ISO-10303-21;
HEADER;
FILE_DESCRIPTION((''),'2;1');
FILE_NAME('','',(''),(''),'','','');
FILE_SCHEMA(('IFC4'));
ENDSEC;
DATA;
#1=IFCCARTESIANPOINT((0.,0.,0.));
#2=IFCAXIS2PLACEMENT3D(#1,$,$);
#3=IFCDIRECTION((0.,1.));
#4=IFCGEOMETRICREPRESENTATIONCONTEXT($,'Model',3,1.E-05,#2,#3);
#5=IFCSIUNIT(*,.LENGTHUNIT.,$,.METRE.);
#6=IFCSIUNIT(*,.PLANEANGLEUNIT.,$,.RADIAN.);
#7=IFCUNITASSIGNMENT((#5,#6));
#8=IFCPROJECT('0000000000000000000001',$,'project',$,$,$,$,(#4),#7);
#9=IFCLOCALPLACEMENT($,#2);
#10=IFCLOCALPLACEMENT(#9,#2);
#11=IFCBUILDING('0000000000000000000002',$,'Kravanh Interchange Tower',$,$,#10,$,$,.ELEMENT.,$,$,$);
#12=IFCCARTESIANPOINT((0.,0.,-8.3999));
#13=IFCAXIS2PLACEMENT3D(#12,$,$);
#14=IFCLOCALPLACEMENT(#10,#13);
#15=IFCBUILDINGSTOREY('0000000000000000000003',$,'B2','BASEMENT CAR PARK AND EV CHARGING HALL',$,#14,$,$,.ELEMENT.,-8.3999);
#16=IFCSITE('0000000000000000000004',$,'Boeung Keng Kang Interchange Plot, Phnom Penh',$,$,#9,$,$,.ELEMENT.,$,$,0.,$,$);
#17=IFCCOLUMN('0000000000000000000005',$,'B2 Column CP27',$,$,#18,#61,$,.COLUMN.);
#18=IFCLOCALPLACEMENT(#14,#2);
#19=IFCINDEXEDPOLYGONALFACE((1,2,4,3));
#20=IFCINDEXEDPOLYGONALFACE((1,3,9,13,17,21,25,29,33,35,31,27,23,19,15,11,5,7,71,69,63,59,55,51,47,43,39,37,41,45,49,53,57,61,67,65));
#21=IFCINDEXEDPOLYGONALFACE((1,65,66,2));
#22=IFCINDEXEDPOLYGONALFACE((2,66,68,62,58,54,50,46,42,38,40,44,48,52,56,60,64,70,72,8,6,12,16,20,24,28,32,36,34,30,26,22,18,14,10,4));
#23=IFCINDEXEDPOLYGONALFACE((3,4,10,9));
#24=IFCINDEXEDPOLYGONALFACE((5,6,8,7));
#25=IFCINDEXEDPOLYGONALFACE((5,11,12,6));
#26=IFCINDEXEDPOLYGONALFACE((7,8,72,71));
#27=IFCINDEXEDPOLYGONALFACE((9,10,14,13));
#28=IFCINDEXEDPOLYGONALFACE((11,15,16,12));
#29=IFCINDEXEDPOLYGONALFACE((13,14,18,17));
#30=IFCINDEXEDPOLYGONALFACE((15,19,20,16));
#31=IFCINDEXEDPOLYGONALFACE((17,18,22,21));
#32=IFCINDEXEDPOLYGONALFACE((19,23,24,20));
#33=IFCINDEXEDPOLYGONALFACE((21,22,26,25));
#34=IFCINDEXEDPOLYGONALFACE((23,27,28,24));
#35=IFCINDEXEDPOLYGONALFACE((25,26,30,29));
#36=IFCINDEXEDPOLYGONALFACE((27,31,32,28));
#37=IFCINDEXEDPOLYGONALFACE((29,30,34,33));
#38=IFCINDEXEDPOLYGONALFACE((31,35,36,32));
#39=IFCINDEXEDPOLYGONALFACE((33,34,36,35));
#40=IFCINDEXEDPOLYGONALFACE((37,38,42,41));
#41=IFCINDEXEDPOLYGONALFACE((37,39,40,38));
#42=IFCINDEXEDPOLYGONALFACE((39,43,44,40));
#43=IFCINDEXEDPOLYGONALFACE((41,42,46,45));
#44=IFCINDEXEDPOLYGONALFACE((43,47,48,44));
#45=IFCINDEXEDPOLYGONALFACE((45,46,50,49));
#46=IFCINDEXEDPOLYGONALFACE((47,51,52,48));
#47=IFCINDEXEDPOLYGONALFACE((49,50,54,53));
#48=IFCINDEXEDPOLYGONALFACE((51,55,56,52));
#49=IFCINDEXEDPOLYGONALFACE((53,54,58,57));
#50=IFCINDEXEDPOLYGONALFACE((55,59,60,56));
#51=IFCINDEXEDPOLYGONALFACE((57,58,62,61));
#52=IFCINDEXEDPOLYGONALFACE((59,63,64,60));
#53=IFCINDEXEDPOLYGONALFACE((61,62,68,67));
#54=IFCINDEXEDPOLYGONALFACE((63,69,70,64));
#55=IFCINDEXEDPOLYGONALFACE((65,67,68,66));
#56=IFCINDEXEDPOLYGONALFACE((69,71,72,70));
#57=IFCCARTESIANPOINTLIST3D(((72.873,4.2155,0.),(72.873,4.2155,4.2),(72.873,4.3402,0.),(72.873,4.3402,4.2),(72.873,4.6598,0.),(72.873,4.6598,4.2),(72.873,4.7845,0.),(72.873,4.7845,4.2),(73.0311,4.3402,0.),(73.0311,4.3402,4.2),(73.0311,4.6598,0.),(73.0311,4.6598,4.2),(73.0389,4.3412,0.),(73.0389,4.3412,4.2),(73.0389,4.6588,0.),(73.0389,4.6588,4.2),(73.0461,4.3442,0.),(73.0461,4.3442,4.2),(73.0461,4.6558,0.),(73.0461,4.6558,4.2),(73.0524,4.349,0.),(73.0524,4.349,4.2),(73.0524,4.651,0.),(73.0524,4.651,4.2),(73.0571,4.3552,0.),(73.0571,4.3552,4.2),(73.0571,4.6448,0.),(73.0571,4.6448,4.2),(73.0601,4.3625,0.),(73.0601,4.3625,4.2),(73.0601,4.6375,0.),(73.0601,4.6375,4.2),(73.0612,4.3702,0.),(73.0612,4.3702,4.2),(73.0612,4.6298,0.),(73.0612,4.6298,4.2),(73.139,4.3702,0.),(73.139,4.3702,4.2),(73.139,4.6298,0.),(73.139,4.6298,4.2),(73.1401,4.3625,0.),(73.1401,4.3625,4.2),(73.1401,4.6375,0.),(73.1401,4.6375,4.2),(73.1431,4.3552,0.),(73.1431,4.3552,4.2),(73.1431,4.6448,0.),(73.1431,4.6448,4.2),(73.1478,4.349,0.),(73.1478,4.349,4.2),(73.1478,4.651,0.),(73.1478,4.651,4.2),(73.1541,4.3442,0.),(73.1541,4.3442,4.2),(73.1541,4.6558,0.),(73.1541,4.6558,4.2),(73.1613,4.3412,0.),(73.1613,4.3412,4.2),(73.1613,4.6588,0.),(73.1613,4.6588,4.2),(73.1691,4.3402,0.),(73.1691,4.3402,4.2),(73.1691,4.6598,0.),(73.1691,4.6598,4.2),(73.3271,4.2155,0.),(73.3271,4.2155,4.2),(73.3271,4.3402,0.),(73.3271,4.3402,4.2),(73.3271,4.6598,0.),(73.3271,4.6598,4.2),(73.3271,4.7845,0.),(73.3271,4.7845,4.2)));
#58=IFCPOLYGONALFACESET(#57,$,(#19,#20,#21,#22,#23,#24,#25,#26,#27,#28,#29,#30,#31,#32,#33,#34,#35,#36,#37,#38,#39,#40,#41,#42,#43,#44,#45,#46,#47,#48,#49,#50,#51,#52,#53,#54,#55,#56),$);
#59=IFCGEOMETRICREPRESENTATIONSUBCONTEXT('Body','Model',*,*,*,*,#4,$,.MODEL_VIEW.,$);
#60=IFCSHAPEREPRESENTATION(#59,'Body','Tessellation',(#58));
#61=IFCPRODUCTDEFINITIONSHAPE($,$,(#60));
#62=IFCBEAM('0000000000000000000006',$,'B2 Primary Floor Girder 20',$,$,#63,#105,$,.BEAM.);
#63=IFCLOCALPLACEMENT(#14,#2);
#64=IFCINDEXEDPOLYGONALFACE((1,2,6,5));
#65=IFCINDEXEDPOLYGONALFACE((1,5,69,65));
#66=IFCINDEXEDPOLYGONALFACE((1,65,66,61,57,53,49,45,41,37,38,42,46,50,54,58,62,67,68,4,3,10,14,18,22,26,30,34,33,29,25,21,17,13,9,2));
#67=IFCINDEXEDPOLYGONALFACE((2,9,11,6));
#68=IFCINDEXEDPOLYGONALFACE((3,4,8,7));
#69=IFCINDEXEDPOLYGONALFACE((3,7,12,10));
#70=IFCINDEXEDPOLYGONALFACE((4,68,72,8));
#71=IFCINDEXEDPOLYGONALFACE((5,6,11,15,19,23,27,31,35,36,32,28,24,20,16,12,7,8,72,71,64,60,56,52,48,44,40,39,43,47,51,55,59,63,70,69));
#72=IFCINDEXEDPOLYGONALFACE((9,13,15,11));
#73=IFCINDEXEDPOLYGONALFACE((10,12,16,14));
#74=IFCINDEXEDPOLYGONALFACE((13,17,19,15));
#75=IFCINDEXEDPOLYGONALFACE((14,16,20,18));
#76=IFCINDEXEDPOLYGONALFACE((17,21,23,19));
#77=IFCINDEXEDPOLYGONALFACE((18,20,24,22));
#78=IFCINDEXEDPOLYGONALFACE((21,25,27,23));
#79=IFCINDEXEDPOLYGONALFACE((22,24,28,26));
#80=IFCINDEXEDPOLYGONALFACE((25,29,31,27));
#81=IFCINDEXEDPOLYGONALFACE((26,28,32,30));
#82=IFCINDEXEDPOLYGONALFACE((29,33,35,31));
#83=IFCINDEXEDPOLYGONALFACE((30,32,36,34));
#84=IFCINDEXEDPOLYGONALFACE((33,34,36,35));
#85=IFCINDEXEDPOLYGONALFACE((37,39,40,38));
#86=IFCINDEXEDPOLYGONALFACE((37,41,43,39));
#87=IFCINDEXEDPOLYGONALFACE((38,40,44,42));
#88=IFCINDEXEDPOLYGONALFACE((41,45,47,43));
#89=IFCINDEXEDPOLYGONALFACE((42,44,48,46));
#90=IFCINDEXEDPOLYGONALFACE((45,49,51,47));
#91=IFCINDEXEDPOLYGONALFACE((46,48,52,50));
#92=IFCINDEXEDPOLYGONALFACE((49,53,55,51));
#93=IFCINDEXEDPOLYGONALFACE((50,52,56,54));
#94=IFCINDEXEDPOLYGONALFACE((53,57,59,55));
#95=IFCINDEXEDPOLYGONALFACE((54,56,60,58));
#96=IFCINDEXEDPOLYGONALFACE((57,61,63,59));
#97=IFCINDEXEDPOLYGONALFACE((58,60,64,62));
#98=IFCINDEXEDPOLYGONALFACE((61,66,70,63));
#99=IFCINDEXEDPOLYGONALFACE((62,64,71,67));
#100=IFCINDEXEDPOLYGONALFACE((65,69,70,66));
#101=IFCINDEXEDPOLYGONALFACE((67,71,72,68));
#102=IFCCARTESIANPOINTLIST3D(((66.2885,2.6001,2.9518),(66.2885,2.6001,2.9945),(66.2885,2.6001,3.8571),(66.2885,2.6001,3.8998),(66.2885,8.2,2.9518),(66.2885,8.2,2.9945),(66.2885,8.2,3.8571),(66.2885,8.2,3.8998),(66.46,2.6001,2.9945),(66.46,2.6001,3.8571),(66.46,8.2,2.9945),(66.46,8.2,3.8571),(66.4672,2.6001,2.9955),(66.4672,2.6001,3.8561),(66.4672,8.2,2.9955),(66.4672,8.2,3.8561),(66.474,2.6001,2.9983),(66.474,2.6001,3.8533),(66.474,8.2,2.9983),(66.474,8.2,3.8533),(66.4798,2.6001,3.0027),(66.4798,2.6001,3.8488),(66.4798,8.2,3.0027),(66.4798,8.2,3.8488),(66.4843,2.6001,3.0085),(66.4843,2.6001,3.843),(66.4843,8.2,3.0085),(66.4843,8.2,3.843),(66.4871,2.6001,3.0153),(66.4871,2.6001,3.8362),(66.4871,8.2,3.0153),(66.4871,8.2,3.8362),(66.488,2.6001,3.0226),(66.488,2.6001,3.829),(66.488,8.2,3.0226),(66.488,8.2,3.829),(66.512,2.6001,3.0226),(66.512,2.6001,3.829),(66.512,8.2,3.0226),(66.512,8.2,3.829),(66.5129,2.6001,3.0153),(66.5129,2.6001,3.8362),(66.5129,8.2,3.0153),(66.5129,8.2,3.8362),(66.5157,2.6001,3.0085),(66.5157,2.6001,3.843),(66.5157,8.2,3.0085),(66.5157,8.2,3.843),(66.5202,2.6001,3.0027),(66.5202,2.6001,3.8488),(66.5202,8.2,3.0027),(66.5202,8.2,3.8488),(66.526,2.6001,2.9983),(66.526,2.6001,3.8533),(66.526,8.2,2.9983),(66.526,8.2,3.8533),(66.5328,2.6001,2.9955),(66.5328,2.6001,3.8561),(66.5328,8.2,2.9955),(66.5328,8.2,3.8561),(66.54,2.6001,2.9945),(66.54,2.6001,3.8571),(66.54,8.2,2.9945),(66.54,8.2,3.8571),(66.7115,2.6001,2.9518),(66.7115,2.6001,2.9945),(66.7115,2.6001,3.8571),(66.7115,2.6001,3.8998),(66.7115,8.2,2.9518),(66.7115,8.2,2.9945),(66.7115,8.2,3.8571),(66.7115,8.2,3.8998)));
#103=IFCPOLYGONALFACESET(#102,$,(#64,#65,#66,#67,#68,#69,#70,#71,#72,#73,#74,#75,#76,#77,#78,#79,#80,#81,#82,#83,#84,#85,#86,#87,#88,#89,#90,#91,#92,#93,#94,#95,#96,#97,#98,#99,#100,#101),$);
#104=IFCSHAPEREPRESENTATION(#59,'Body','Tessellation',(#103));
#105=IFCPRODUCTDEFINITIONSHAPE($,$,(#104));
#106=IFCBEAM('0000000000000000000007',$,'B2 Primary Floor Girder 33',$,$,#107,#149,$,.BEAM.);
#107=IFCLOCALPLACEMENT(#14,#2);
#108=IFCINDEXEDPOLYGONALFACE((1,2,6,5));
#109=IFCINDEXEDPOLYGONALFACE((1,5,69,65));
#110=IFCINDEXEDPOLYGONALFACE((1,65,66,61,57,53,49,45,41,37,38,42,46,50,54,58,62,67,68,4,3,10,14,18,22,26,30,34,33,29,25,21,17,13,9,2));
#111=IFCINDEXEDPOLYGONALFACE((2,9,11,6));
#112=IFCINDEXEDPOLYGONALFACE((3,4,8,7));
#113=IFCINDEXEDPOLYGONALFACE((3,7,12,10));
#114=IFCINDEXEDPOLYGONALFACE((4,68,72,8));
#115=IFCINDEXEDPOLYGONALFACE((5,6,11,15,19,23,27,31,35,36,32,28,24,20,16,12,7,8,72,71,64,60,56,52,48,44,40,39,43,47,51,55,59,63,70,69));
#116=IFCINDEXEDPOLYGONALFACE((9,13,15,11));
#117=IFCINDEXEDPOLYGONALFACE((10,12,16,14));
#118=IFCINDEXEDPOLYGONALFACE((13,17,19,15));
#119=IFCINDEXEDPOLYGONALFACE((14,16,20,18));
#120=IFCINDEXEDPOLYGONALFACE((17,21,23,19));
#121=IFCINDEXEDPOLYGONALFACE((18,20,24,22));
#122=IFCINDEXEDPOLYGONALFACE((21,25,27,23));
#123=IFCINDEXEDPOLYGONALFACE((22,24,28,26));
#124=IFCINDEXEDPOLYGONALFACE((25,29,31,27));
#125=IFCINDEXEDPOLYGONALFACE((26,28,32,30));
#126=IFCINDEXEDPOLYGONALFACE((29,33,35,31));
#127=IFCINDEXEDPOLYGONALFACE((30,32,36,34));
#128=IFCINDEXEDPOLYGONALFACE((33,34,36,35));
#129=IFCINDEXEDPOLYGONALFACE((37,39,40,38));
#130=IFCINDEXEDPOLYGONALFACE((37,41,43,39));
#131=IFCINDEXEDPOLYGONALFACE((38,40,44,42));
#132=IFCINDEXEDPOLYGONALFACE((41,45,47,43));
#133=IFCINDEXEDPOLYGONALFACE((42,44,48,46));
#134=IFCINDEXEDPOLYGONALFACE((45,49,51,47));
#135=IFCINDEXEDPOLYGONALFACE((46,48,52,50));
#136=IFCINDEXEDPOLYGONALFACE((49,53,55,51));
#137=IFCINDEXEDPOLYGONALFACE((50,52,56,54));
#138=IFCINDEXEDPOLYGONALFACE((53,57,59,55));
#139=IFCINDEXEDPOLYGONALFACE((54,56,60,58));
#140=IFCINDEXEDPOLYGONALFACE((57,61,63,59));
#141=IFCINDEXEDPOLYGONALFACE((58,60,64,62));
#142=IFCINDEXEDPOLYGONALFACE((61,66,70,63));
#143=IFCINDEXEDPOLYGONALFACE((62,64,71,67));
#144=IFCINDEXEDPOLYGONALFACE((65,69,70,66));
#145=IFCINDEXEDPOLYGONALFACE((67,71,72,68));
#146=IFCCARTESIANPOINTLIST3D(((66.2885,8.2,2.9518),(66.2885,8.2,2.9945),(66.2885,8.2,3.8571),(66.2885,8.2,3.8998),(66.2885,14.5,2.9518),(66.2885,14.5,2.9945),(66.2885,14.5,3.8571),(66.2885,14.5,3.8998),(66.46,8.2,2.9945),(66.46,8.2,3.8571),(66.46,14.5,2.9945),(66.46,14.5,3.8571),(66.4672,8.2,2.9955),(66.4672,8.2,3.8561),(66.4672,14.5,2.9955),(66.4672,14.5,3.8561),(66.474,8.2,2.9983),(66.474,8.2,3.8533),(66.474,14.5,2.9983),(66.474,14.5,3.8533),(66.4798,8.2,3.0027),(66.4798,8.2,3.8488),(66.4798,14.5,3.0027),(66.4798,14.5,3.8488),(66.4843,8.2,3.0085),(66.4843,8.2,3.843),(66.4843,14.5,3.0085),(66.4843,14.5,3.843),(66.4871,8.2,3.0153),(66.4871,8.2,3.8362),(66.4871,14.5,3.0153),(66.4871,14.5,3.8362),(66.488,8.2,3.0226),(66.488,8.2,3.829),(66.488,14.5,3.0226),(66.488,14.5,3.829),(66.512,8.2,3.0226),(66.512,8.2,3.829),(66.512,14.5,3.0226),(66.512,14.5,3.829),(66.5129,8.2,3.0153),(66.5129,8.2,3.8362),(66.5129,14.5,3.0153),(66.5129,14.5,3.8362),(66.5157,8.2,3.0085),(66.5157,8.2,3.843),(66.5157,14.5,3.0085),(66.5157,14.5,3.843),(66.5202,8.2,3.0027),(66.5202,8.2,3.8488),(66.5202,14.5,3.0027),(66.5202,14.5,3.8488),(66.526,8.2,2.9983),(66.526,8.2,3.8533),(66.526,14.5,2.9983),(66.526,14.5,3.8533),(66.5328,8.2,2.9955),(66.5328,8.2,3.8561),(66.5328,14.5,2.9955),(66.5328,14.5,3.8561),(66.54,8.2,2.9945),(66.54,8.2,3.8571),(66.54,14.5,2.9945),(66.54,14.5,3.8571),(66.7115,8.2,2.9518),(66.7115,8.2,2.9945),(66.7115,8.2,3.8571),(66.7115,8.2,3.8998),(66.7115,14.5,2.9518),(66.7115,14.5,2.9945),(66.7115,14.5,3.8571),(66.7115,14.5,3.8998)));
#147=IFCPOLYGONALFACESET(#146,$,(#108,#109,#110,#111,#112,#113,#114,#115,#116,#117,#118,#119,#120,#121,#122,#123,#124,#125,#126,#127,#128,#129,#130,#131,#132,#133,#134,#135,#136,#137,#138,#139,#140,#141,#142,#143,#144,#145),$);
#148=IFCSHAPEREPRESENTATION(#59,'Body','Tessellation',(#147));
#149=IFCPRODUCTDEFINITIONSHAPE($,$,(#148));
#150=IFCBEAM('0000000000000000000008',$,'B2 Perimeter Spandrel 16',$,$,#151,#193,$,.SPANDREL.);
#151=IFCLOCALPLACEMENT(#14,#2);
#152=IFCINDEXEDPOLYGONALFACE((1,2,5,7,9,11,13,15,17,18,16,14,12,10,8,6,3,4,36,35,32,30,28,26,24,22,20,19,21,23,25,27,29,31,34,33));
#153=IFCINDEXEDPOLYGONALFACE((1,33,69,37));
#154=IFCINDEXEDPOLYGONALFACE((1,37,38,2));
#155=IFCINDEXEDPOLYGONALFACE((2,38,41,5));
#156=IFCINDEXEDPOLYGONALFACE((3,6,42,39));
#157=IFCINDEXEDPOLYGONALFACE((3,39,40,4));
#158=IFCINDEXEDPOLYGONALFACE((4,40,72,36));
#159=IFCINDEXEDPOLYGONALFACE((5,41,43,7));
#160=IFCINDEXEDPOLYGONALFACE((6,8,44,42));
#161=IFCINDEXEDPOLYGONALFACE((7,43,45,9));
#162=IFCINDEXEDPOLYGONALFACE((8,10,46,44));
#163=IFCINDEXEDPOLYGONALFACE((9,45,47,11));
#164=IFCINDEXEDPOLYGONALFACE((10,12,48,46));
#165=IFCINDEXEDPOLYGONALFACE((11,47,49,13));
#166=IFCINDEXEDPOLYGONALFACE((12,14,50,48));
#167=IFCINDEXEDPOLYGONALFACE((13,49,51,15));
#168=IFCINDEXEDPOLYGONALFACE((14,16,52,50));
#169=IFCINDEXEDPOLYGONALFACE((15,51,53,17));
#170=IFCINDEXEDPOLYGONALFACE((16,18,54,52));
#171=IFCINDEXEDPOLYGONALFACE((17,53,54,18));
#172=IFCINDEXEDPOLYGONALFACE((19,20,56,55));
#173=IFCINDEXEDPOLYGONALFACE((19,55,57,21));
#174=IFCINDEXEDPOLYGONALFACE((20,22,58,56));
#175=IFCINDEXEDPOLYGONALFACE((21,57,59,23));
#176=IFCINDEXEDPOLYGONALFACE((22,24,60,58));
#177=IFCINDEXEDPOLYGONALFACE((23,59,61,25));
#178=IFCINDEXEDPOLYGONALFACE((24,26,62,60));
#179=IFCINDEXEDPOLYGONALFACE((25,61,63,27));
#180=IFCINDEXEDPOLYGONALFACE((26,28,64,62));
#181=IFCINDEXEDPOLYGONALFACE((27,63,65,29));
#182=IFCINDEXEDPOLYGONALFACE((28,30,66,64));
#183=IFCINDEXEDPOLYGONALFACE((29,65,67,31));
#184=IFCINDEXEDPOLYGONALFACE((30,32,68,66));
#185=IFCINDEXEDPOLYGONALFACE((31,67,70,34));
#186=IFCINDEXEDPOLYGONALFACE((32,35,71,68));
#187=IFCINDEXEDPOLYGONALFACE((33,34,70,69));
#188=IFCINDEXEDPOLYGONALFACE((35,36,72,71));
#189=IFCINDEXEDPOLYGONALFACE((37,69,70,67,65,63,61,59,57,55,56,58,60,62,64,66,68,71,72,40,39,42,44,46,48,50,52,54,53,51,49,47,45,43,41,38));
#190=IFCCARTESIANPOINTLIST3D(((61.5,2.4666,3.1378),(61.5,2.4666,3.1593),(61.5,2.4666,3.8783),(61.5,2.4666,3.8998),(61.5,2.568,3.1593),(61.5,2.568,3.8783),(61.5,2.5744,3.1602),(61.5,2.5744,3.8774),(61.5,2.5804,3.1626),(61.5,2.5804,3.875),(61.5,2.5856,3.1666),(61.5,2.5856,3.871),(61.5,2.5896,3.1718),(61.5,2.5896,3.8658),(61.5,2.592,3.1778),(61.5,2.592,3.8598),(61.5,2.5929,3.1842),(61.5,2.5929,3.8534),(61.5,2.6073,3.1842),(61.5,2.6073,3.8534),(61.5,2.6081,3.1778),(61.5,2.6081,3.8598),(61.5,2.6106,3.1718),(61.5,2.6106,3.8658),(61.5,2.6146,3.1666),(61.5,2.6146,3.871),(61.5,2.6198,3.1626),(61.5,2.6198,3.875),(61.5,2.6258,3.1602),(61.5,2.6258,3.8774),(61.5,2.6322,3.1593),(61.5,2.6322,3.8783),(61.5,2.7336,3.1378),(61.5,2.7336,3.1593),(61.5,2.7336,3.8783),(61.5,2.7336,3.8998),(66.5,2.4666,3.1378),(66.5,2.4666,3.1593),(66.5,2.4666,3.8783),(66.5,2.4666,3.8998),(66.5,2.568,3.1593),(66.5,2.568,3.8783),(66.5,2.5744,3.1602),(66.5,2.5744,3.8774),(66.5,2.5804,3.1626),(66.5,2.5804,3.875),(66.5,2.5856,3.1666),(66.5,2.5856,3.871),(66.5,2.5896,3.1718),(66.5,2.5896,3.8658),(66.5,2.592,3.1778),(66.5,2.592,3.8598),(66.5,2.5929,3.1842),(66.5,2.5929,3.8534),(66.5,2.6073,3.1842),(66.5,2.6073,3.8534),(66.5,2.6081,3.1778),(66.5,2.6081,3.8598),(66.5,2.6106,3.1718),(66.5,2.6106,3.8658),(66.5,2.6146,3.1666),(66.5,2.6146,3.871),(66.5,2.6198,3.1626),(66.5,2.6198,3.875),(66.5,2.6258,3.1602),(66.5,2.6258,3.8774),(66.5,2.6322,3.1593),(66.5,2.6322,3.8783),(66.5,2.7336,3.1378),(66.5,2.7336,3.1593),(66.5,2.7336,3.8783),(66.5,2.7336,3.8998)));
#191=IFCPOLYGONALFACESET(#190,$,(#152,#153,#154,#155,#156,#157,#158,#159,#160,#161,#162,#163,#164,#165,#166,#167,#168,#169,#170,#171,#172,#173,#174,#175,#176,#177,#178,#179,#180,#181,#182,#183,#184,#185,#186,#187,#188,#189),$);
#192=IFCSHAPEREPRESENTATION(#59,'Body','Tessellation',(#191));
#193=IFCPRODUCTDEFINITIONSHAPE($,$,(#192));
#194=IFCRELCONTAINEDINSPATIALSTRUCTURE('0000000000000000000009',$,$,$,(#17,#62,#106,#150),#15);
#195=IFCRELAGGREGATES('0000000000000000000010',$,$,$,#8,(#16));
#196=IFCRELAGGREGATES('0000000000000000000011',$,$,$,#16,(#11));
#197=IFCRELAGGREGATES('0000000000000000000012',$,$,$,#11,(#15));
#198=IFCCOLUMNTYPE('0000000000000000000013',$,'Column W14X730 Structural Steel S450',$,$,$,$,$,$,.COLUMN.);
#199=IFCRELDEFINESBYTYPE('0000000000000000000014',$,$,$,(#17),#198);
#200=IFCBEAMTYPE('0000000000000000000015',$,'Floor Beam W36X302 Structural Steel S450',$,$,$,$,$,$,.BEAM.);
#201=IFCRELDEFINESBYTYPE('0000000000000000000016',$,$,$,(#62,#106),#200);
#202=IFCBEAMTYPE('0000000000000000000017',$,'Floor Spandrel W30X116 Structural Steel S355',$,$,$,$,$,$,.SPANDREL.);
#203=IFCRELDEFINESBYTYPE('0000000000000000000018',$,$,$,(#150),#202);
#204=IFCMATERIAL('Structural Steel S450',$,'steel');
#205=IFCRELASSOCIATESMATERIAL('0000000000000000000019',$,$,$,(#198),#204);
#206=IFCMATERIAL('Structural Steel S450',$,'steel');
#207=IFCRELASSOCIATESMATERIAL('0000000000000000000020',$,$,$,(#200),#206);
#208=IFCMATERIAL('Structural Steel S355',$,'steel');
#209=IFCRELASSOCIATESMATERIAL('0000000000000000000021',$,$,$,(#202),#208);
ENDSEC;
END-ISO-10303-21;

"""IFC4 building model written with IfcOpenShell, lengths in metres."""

from ifc_helpers import new_model, si_unit, direction, frame, origin, origin_2d, place, context, subcontext, project, spatial, i_section, extrude, material, material_profile, profile_set, type_object, element, save


model = new_model("IFC4")

# Units and contexts
model_context = context("Model", 3, precision=1e-05, world=origin(), true_north=direction((0.0, 1.0)))
body_context = subcontext(model_context, "Body", "Model", "MODEL_VIEW")
ifc_project = project(units=[si_unit("LENGTHUNIT", "METRE"), si_unit("PLANEANGLEUNIT", "RADIAN")], contexts=[model_context])

# Site, building, storey
site_placement = place(None, origin())
site = spatial("IfcSite", under=ifc_project, at=site_placement, Name="Boeung Keng Kang Interchange Plot, Phnom Penh", CompositionType="ELEMENT", RefElevation=0.0)
building_placement = place(site_placement, origin())
building = spatial("IfcBuilding", under=site, at=building_placement, Name="Kravanh Interchange Tower", CompositionType="ELEMENT")
storey_placement = place(building_placement, frame((0.0, 0.0, -8.3999)))
storey = spatial("IfcBuildingStorey", under=building, at=storey_placement, Name="B2", Description="BASEMENT CAR PARK AND EV CHARGING HALL", CompositionType="ELEMENT", Elevation=-8.3999)

# Column
ifc_material_1 = material(Name="Structural Steel S450", Category="steel")
ifc_material_profile_1 = material_profile(ifc_material_1, i_section(OverallWidth=0.4541, OverallDepth=0.5691, WebThickness=0.0779, FlangeThickness=0.1248, FilletRadius=0.03, at=origin_2d()), Name="W14X730")
ifc_profile_set_1 = profile_set([ifc_material_profile_1], Name="Structural Steel S450")
column_type = type_object("IfcColumnType", Name="Column W14X730 Structural Steel S450", PredefinedType="COLUMN", material=ifc_profile_set_1)
for number, where, z_axis, x_axis, name in (
    (1, (73.1001, 4.5, 0.0), (0.0, 0.0, 1.0), (1.0, 0.0, 0.0), "B2 Column CP27"),
):
    element("IfcColumn", number, at=place(storey_placement, frame(where, z_axis=z_axis, x_axis=x_axis)), inside=storey, type_object=column_type, Name=name, PredefinedType="COLUMN", context=body_context, shape_type="SweptSolid", body=[
        extrude(i_section(OverallWidth=0.4541, OverallDepth=0.5691, WebThickness=0.0779, FlangeThickness=0.1248, FilletRadius=0.03, at=origin_2d()), origin(), (0.0, 0.0, 1.0), 4.2),
    ])

# Beams
ifc_material_2 = material(Name="Structural Steel S450", Category="steel")
ifc_material_profile_2 = material_profile(ifc_material_2, i_section(OverallWidth=0.4231, OverallDepth=0.948, WebThickness=0.0239, FlangeThickness=0.0427, FilletRadius=0.0281, at=origin_2d()), Name="W36X302")
ifc_profile_set_2 = profile_set([ifc_material_profile_2], Name="Structural Steel S450")
beam_type_1 = type_object("IfcBeamType", Name="Floor Beam W36X302 Structural Steel S450", PredefinedType="BEAM", material=ifc_profile_set_2)
beam_1_placement = place(storey_placement, frame((66.5, 2.6001, 3.4258), z_axis=(0.0, 1.0, 0.0), x_axis=(-1.0, 0.0, 0.0)))
element("IfcBeam", 2, at=beam_1_placement, inside=storey, type_object=beam_type_1, Name="B2 Primary Floor Girder 20", PredefinedType="BEAM", context=body_context, shape_type="SweptSolid", body=[
    extrude(i_section(OverallWidth=0.4231, OverallDepth=0.948, WebThickness=0.0239, FlangeThickness=0.0427, FilletRadius=0.0281, at=origin_2d()), origin(), (0.0, 0.0, 1.0), 5.5999),
])
beam_2_placement = place(storey_placement, frame((66.5, 8.2, 3.4258), z_axis=(0.0, 1.0, 0.0), x_axis=(-1.0, 0.0, 0.0)))
element("IfcBeam", 3, at=beam_2_placement, inside=storey, type_object=beam_type_1, Name="B2 Primary Floor Girder 33", PredefinedType="BEAM", context=body_context, shape_type="SweptSolid", body=[
    extrude(i_section(OverallWidth=0.4231, OverallDepth=0.948, WebThickness=0.0239, FlangeThickness=0.0427, FilletRadius=0.0281, at=origin_2d()), origin(), (0.0, 0.0, 1.0), 6.3),
])
ifc_material_3 = material(Name="Structural Steel S355", Category="steel")
ifc_material_profile_3 = material_profile(ifc_material_3, i_section(OverallWidth=0.2671, OverallDepth=0.762, WebThickness=0.0144, FlangeThickness=0.0215, FilletRadius=0.0249, at=origin_2d()), Name="W30X116")
ifc_profile_set_3 = profile_set([ifc_material_profile_3], Name="Structural Steel S355")
beam_type_2 = type_object("IfcBeamType", Name="Floor Spandrel W30X116 Structural Steel S355", PredefinedType="SPANDREL", material=ifc_profile_set_3)
beam_3_placement = place(storey_placement, frame((61.5, 2.6001, 3.5188), z_axis=(1.0, 0.0, 0.0), x_axis=(0.0, 1.0, 0.0)))
element("IfcBeam", 4, at=beam_3_placement, inside=storey, type_object=beam_type_2, Name="B2 Perimeter Spandrel 16", PredefinedType="SPANDREL", context=body_context, shape_type="SweptSolid", body=[
    extrude(i_section(OverallWidth=0.2671, OverallDepth=0.762, WebThickness=0.0144, FlangeThickness=0.0215, FilletRadius=0.0249, at=origin_2d()), origin(), (0.0, 0.0, 1.0), 5.0),
])

save(model, "model.ifc")
